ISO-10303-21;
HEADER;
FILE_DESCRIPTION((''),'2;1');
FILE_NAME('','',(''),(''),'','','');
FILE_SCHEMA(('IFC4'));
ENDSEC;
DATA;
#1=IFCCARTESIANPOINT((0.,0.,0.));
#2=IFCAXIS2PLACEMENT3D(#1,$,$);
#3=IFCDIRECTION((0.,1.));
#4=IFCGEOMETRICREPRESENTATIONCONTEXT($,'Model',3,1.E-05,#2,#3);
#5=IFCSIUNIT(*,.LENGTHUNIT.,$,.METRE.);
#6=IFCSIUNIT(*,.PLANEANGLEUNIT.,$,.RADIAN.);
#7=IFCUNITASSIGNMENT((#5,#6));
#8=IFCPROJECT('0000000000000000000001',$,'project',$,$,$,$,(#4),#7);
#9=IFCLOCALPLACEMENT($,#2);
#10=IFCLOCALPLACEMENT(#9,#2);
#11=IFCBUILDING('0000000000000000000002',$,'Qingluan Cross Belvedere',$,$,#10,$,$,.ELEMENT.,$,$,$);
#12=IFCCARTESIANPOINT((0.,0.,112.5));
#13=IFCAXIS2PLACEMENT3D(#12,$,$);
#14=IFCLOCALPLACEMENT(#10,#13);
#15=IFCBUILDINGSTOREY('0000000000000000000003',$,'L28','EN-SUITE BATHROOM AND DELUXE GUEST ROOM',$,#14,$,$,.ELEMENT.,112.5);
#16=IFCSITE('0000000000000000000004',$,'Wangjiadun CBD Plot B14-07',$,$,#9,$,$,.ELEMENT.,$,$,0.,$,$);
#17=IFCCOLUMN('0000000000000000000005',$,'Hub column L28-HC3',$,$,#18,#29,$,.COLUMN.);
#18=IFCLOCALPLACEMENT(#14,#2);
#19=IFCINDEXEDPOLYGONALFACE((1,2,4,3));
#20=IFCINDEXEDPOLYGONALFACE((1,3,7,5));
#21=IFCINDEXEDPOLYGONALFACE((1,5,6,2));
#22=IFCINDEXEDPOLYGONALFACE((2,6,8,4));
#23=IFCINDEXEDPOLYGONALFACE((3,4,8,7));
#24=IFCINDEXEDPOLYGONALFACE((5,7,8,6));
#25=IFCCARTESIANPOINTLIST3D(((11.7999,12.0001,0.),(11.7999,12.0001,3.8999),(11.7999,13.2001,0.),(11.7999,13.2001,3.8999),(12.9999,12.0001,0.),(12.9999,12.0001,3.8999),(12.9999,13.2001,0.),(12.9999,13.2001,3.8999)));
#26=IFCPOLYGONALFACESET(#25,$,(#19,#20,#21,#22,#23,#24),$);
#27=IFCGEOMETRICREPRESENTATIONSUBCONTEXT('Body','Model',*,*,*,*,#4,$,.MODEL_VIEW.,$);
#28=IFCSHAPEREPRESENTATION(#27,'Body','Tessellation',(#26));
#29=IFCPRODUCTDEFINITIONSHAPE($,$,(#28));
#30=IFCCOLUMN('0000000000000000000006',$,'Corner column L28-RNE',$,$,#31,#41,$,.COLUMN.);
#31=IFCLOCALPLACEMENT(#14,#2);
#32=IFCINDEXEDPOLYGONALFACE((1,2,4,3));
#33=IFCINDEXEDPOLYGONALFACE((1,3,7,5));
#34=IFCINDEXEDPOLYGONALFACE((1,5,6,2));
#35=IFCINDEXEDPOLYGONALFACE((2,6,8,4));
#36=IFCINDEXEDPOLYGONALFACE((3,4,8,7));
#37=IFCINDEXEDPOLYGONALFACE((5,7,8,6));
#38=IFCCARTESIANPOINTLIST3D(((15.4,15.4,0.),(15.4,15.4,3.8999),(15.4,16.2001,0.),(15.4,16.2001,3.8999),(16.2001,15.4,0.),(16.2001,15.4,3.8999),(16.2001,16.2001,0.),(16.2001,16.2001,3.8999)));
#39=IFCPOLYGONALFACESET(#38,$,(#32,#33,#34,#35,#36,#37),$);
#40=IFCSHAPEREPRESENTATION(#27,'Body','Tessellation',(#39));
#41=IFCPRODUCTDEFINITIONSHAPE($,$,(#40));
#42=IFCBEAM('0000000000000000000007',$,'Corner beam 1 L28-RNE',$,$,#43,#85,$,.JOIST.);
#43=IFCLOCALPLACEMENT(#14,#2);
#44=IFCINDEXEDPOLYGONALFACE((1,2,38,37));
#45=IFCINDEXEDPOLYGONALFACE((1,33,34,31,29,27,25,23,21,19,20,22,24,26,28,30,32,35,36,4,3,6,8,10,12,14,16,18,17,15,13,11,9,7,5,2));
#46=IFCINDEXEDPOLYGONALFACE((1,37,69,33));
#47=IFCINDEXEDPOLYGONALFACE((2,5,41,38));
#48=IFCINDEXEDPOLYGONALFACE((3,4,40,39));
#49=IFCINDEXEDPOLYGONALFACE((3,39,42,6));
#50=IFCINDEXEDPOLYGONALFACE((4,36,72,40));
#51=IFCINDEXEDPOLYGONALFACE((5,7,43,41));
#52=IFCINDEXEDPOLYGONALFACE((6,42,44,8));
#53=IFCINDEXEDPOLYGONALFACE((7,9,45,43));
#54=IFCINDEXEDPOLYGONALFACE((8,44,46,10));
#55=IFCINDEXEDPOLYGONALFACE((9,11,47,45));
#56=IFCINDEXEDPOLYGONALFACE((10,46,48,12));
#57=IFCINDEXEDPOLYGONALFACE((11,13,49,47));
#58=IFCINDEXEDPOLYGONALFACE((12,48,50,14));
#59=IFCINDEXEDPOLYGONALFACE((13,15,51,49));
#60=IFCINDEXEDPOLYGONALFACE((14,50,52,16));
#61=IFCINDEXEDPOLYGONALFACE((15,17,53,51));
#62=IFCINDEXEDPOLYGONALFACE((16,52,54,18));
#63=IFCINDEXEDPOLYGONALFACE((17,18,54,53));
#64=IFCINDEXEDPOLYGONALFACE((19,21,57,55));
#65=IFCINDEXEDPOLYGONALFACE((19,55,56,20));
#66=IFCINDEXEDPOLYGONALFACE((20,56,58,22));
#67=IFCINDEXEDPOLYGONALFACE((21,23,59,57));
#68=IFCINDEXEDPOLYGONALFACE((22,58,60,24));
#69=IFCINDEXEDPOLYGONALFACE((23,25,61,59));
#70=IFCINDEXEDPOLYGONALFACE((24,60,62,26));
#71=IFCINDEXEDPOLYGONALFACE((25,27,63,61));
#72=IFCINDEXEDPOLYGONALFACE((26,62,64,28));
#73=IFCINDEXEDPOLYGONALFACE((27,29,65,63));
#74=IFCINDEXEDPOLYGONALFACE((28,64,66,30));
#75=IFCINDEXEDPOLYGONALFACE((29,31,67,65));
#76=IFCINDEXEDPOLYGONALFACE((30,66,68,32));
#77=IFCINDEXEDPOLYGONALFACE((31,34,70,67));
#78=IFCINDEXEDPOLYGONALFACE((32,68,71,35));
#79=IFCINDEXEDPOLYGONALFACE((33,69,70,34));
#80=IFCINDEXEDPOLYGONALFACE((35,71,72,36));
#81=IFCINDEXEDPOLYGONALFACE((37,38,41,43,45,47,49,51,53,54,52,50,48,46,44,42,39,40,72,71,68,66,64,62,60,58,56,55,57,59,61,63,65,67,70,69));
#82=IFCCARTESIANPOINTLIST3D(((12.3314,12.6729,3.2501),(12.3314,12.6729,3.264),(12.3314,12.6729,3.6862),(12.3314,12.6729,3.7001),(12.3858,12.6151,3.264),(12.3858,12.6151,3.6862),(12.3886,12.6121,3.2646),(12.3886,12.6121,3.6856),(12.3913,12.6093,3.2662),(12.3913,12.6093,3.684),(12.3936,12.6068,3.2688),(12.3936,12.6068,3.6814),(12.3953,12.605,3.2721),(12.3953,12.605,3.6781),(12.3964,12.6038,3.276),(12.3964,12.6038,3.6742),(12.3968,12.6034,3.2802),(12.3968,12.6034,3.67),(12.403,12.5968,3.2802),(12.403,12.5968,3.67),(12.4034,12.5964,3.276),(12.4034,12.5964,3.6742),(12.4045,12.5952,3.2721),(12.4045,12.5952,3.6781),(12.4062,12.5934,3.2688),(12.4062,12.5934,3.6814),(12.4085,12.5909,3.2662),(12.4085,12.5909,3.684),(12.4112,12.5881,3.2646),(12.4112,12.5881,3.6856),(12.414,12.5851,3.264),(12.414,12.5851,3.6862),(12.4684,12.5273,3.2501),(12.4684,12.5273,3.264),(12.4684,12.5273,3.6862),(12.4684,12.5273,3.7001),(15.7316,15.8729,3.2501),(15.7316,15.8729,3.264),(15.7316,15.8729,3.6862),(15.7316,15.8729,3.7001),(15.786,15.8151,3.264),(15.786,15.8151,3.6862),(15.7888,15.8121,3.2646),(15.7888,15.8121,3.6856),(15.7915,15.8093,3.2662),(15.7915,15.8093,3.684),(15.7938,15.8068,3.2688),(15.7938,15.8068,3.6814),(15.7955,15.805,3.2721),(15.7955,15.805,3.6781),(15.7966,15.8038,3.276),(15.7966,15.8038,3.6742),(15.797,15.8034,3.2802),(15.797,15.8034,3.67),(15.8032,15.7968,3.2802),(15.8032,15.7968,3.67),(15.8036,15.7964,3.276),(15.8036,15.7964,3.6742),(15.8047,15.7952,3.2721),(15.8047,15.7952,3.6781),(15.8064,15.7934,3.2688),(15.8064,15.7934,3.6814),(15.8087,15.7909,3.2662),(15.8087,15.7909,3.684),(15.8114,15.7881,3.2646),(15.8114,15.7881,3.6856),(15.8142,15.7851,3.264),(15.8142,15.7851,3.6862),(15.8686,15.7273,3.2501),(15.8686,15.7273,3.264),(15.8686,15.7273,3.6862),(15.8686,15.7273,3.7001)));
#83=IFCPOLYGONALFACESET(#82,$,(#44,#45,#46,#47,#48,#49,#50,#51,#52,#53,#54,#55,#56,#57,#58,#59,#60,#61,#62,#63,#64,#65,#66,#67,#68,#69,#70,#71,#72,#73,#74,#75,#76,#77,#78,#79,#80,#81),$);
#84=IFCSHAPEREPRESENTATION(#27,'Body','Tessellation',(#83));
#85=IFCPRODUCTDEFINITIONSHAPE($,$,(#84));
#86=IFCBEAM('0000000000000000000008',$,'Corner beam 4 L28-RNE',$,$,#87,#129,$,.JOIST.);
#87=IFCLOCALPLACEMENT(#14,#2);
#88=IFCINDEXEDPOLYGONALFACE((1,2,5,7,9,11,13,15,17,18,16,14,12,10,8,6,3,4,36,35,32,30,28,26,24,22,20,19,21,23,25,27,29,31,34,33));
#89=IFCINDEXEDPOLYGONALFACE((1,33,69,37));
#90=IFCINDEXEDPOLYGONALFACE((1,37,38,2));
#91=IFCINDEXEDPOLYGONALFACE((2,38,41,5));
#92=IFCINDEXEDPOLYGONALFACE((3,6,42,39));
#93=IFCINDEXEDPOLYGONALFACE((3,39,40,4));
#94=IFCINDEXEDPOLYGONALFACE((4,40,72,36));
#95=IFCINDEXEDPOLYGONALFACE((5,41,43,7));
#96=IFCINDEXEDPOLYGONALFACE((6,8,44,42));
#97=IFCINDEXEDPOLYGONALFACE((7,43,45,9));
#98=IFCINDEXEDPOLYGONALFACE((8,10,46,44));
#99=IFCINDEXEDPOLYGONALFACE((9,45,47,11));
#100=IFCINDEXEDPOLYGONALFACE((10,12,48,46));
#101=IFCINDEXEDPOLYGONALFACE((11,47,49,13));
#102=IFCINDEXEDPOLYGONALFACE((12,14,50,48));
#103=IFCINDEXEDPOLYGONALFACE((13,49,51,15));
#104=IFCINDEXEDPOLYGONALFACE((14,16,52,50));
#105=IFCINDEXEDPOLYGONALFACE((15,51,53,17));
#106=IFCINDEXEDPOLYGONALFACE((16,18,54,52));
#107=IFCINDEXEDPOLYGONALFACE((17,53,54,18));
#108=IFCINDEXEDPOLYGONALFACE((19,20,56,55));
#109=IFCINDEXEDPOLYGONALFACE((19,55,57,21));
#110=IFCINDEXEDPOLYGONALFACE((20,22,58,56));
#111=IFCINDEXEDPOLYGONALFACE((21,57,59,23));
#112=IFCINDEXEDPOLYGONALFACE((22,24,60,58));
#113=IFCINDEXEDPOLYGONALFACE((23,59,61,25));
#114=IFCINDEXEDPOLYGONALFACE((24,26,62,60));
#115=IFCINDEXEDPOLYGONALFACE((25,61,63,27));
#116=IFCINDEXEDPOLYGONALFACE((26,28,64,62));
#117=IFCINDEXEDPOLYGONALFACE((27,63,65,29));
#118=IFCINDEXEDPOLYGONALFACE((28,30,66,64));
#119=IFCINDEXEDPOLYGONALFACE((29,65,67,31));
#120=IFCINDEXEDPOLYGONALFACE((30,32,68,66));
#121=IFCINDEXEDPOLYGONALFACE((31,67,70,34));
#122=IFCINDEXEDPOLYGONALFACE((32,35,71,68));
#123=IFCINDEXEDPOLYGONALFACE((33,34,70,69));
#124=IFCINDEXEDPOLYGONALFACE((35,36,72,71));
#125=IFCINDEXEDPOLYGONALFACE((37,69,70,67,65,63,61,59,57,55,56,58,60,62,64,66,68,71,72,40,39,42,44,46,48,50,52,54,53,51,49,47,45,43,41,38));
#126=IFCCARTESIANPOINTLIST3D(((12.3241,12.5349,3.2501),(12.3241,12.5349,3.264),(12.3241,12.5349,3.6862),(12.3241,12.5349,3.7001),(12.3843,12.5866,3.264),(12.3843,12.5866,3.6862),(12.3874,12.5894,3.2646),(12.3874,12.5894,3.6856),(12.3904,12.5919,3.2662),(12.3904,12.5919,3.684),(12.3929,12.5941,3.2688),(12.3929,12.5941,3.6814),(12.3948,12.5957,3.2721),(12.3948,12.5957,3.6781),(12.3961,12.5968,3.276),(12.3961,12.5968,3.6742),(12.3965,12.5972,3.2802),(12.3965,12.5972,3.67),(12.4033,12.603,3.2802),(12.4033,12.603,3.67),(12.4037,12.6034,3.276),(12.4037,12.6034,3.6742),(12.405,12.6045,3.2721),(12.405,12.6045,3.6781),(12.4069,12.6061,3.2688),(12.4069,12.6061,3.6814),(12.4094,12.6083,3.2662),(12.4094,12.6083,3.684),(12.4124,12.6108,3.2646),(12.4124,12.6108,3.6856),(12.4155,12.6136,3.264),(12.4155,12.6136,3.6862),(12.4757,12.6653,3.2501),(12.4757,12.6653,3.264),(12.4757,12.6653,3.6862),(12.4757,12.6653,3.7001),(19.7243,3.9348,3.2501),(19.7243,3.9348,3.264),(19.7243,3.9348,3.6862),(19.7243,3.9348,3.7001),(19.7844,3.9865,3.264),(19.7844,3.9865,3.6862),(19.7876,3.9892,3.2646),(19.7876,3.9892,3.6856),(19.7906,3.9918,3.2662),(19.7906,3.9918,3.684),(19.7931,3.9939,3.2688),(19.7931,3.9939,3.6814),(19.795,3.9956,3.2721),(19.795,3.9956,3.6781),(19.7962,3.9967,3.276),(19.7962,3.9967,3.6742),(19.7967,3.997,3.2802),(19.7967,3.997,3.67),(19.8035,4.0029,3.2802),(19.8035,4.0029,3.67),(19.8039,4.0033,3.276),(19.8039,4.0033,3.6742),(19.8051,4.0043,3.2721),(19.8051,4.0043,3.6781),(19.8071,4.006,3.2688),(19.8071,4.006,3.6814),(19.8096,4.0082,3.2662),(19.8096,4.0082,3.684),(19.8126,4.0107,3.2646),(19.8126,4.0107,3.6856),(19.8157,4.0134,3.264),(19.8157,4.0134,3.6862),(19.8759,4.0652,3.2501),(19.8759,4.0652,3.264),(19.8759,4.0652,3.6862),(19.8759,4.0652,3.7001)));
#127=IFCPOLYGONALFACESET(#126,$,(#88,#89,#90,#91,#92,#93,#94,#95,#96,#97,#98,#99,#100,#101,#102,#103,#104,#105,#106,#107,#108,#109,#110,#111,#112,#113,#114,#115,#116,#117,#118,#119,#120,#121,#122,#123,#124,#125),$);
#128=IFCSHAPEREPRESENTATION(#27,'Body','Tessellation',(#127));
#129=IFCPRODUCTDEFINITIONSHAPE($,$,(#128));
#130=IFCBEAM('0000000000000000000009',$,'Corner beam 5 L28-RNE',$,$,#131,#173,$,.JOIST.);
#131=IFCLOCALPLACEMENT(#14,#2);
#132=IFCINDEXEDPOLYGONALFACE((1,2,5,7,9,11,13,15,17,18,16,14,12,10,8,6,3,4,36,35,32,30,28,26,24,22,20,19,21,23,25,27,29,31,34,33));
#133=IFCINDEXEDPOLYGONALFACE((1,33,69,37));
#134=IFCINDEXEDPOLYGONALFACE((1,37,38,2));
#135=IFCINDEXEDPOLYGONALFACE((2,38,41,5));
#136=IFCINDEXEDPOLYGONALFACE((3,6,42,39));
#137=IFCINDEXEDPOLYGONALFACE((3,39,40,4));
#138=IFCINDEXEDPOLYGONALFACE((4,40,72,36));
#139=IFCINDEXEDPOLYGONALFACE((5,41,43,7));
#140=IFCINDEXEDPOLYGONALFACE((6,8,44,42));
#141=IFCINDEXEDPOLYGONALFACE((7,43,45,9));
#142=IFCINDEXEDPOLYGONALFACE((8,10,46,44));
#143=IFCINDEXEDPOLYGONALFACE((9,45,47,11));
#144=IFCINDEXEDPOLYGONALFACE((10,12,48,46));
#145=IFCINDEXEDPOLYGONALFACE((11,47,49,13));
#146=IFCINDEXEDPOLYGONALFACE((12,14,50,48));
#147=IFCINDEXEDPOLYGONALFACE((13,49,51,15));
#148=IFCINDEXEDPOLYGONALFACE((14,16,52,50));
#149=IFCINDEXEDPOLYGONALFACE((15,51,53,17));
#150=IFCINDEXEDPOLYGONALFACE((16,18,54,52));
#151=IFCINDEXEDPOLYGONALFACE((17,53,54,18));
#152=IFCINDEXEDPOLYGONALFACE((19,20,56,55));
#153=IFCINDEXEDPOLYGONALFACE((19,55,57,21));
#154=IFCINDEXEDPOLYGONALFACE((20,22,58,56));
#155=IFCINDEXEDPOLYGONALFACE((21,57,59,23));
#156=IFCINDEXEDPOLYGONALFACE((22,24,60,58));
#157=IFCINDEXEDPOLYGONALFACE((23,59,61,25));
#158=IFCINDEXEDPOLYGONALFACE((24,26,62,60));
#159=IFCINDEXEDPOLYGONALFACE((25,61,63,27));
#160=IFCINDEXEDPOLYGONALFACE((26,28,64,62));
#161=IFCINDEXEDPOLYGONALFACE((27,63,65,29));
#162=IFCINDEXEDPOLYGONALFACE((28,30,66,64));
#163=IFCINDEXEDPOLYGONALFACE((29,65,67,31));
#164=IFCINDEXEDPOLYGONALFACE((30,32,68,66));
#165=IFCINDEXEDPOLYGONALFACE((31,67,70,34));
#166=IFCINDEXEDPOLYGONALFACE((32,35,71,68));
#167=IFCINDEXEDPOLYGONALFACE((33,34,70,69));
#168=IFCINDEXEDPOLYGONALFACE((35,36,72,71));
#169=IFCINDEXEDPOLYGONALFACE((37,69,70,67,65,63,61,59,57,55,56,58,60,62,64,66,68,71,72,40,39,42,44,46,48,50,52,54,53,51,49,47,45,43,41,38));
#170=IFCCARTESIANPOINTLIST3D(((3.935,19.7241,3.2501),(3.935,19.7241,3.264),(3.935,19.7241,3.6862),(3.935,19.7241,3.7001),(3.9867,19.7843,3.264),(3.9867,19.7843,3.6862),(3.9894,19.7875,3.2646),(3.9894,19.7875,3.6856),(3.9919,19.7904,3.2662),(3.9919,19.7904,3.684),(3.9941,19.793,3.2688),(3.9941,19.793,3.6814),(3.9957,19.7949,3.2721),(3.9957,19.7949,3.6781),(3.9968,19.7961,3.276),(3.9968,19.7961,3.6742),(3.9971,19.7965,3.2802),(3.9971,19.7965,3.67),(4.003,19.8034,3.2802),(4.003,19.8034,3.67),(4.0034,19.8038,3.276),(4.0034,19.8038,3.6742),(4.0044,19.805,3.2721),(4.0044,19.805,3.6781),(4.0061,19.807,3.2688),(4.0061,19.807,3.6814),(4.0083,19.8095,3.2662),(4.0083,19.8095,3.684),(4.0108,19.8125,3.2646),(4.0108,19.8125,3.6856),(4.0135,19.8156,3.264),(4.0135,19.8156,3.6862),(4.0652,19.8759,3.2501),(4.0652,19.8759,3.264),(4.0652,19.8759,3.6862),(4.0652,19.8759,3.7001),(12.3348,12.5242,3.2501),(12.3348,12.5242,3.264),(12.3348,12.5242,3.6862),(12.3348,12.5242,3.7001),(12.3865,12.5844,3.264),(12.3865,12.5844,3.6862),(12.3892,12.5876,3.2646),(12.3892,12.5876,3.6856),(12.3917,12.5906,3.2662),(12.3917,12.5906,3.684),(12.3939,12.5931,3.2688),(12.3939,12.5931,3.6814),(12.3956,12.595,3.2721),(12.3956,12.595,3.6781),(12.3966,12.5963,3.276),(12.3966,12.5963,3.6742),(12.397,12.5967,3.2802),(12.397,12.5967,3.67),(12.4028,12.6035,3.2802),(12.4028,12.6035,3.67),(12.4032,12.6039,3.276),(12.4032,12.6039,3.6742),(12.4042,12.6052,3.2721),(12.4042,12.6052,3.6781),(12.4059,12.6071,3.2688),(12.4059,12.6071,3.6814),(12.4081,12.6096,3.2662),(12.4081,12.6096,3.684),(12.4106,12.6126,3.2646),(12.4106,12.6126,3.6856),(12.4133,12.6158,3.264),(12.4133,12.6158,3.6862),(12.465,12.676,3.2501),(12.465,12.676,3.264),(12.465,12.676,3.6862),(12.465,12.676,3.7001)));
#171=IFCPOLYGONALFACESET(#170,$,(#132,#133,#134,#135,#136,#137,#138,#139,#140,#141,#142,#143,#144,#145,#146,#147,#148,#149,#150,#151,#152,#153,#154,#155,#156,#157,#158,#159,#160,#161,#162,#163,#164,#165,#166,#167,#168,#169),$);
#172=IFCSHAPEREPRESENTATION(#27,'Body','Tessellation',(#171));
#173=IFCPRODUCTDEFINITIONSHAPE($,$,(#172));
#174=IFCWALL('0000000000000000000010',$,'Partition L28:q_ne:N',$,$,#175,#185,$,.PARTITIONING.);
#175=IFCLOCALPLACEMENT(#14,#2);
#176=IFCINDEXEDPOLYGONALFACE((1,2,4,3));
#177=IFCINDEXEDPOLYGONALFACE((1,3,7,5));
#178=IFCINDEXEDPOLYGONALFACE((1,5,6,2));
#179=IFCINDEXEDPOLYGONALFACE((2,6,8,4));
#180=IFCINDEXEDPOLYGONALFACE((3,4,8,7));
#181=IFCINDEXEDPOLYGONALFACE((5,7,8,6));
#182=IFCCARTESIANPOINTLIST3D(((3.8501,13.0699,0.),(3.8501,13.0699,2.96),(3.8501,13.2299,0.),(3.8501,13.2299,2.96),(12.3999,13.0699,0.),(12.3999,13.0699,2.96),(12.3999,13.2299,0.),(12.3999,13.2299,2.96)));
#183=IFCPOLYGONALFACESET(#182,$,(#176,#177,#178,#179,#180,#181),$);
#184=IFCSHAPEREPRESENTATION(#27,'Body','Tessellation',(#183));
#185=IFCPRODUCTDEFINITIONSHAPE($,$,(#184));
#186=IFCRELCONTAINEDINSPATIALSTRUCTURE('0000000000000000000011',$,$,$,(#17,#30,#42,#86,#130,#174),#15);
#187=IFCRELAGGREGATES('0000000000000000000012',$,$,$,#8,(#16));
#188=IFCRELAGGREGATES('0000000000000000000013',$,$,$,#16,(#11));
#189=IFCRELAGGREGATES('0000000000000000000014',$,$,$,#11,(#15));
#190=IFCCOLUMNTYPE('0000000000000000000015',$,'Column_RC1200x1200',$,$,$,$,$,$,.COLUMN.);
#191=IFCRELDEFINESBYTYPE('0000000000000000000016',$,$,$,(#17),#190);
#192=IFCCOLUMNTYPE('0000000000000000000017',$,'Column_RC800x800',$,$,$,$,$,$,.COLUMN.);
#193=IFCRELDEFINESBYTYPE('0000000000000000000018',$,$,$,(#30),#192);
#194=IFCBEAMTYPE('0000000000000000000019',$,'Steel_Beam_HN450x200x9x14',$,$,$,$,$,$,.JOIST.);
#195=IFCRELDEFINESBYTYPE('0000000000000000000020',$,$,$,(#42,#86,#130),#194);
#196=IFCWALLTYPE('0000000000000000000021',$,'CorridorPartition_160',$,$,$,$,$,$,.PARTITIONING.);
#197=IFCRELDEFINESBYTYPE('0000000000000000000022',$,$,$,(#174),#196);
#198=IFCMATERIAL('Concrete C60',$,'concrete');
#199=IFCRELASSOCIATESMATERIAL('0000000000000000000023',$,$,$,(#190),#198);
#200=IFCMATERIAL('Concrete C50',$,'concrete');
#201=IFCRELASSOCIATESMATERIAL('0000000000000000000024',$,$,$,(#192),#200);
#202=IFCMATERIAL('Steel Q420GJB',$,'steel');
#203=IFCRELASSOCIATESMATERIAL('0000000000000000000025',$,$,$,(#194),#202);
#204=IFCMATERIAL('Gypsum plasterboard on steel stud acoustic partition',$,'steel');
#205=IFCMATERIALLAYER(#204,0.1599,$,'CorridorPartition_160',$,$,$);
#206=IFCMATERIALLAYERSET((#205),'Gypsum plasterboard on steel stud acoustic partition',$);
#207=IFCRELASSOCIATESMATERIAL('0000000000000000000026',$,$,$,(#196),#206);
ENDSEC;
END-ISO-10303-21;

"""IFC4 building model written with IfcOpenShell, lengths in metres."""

from ifc_helpers import new_model, si_unit, direction, frame, frame_2d, origin, origin_2d, place, context, subcontext, project, spatial, rectangle, i_section, extrude, material, layer, layer_set, material_profile, profile_set, type_object, element, save


model = new_model("IFC4")

# Units and contexts
model_context = context("Model", 3, precision=1e-05, world=origin(), true_north=direction((0.0, 1.0)))
body_context = subcontext(model_context, "Body", "Model", "MODEL_VIEW")
ifc_project = project(units=[si_unit("LENGTHUNIT", "METRE"), si_unit("PLANEANGLEUNIT", "RADIAN")], contexts=[model_context])

# Site, building, storey
site_placement = place(None, origin())
site = spatial("IfcSite", under=ifc_project, at=site_placement, Name="Wangjiadun CBD Plot B14-07", CompositionType="ELEMENT", RefElevation=0.0)
building_placement = place(site_placement, origin())
building = spatial("IfcBuilding", under=site, at=building_placement, Name="Qingluan Cross Belvedere", CompositionType="ELEMENT")
storey_placement = place(building_placement, frame((0.0, 0.0, 112.5)))
storey = spatial("IfcBuildingStorey", under=building, at=storey_placement, Name="L28", Description="EN-SUITE BATHROOM AND DELUXE GUEST ROOM", CompositionType="ELEMENT", Elevation=112.5)

# Columns
ifc_material_1 = material(Name="Concrete C60", Category="concrete")
ifc_material_profile_1 = material_profile(ifc_material_1, rectangle(XDim=1.2, YDim=1.2, at=origin_2d()), Name="RC1200x1200")
ifc_profile_set_1 = profile_set([ifc_material_profile_1], Name="Concrete C60")
column_type_1 = type_object("IfcColumnType", Name="Column_RC1200x1200", PredefinedType="COLUMN", material=ifc_profile_set_1)
column_1_placement = place(storey_placement, frame((12.3999, 12.6001, 0.0), z_axis=(0.0, 0.0, 1.0), x_axis=(1.0, 0.0, 0.0)))
element("IfcColumn", 1, at=column_1_placement, inside=storey, type_object=column_type_1, Name="Hub column L28-HC3", PredefinedType="COLUMN", context=body_context, shape_type="SweptSolid", body=[
    extrude(rectangle(XDim=1.2, YDim=1.2, at=origin_2d()), origin(), (0.0, 0.0, 1.0), 3.8999),
])
ifc_material_2 = material(Name="Concrete C50", Category="concrete")
ifc_material_profile_2 = material_profile(ifc_material_2, rectangle(XDim=0.8, YDim=0.8, at=origin_2d()), Name="RC800x800")
ifc_profile_set_2 = profile_set([ifc_material_profile_2], Name="Concrete C50")
column_type_2 = type_object("IfcColumnType", Name="Column_RC800x800", PredefinedType="COLUMN", material=ifc_profile_set_2)
column_2_placement = place(storey_placement, frame((15.8, 15.8, 0.0), z_axis=(0.0, 0.0, 1.0), x_axis=(1.0, 0.0, 0.0)))
element("IfcColumn", 2, at=column_2_placement, inside=storey, type_object=column_type_2, Name="Corner column L28-RNE", PredefinedType="COLUMN", context=body_context, shape_type="SweptSolid", body=[
    extrude(rectangle(XDim=0.8, YDim=0.8, at=origin_2d()), origin(), (0.0, 0.0, 1.0), 3.8999),
])

# Beams
ifc_material_3 = material(Name="Steel Q420GJB", Category="steel")
ifc_material_profile_3 = material_profile(ifc_material_3, i_section(OverallWidth=0.2, OverallDepth=0.45, WebThickness=0.009, FlangeThickness=0.0139, FilletRadius=0.0161, at=origin_2d()), Name="HN450x200x9x14")
ifc_profile_set_3 = profile_set([ifc_material_profile_3], Name="Steel Q420GJB")
beam_type = type_object("IfcBeamType", Name="Steel_Beam_HN450x200x9x14", PredefinedType="JOIST", material=ifc_profile_set_3)
beam_1_placement = place(storey_placement, frame((12.3999, 12.6001, 3.4751), z_axis=(0.72822, 0.685343, 0.0), x_axis=(-0.685343, 0.72822, 0.0)))
element("IfcBeam", 3, at=beam_1_placement, inside=storey, type_object=beam_type, Name="Corner beam 1 L28-RNE", PredefinedType="JOIST", context=body_context, shape_type="SweptSolid", body=[
    extrude(i_section(OverallWidth=0.2, OverallDepth=0.45, WebThickness=0.009, FlangeThickness=0.0139, FilletRadius=0.0161, at=origin_2d()), origin(), (0.0, 0.0, 1.0), 4.6692),
])
beam_2_placement = place(storey_placement, frame((12.3999, 12.6001, 3.4751), z_axis=(0.652245, -0.758008, 0.0), x_axis=(0.758008, 0.652245, 0.0)))
element("IfcBeam", 4, at=beam_2_placement, inside=storey, type_object=beam_type, Name="Corner beam 4 L28-RNE", PredefinedType="JOIST", context=body_context, shape_type="SweptSolid", body=[
    extrude(i_section(OverallWidth=0.2, OverallDepth=0.45, WebThickness=0.009, FlangeThickness=0.0139, FilletRadius=0.0161, at=origin_2d()), origin(), (0.0, 0.0, 1.0), 11.3457),
])
beam_3_placement = place(storey_placement, frame((12.3999, 12.6001, 3.4751), z_axis=(-0.759255, 0.650793, 0.0), x_axis=(-0.650793, -0.759255, 0.0)))
element("IfcBeam", 5, at=beam_3_placement, inside=storey, type_object=beam_type, Name="Corner beam 5 L28-RNE", PredefinedType="JOIST", context=body_context, shape_type="SweptSolid", body=[
    extrude(i_section(OverallWidth=0.2, OverallDepth=0.45, WebThickness=0.009, FlangeThickness=0.0139, FilletRadius=0.0161, at=origin_2d()), origin(), (0.0, 0.0, 1.0), 11.0632),
])

# Wall
ifc_material_4 = material(Name="Gypsum plasterboard on steel stud acoustic partition", Category="steel")
ifc_layer_1 = layer(ifc_material_4, 0.1599, Name="CorridorPartition_160")
ifc_layer_set_1 = layer_set([ifc_layer_1], Name="Gypsum plasterboard on steel stud acoustic partition")
wall_type_1 = type_object("IfcWallType", Name="CorridorPartition_160", PredefinedType="PARTITIONING", material=ifc_layer_set_1)
wall_1_placement = place(storey_placement, frame((3.8501, 13.1499, 0.0), z_axis=(0.0, 0.0, 1.0), x_axis=(1.0, 0.0, 0.0)))
element("IfcWall", 6, at=wall_1_placement, inside=storey, type_object=wall_type_1, Name="Partition L28:q_ne:N", PredefinedType="PARTITIONING", context=body_context, shape_type="SweptSolid", body=[
    extrude(rectangle(XDim=8.5498, YDim=0.1599, at=frame_2d((4.2749, 0.0))), origin(), (0.0, 0.0, 1.0), 2.96),
])

save(model, "model.ifc")
